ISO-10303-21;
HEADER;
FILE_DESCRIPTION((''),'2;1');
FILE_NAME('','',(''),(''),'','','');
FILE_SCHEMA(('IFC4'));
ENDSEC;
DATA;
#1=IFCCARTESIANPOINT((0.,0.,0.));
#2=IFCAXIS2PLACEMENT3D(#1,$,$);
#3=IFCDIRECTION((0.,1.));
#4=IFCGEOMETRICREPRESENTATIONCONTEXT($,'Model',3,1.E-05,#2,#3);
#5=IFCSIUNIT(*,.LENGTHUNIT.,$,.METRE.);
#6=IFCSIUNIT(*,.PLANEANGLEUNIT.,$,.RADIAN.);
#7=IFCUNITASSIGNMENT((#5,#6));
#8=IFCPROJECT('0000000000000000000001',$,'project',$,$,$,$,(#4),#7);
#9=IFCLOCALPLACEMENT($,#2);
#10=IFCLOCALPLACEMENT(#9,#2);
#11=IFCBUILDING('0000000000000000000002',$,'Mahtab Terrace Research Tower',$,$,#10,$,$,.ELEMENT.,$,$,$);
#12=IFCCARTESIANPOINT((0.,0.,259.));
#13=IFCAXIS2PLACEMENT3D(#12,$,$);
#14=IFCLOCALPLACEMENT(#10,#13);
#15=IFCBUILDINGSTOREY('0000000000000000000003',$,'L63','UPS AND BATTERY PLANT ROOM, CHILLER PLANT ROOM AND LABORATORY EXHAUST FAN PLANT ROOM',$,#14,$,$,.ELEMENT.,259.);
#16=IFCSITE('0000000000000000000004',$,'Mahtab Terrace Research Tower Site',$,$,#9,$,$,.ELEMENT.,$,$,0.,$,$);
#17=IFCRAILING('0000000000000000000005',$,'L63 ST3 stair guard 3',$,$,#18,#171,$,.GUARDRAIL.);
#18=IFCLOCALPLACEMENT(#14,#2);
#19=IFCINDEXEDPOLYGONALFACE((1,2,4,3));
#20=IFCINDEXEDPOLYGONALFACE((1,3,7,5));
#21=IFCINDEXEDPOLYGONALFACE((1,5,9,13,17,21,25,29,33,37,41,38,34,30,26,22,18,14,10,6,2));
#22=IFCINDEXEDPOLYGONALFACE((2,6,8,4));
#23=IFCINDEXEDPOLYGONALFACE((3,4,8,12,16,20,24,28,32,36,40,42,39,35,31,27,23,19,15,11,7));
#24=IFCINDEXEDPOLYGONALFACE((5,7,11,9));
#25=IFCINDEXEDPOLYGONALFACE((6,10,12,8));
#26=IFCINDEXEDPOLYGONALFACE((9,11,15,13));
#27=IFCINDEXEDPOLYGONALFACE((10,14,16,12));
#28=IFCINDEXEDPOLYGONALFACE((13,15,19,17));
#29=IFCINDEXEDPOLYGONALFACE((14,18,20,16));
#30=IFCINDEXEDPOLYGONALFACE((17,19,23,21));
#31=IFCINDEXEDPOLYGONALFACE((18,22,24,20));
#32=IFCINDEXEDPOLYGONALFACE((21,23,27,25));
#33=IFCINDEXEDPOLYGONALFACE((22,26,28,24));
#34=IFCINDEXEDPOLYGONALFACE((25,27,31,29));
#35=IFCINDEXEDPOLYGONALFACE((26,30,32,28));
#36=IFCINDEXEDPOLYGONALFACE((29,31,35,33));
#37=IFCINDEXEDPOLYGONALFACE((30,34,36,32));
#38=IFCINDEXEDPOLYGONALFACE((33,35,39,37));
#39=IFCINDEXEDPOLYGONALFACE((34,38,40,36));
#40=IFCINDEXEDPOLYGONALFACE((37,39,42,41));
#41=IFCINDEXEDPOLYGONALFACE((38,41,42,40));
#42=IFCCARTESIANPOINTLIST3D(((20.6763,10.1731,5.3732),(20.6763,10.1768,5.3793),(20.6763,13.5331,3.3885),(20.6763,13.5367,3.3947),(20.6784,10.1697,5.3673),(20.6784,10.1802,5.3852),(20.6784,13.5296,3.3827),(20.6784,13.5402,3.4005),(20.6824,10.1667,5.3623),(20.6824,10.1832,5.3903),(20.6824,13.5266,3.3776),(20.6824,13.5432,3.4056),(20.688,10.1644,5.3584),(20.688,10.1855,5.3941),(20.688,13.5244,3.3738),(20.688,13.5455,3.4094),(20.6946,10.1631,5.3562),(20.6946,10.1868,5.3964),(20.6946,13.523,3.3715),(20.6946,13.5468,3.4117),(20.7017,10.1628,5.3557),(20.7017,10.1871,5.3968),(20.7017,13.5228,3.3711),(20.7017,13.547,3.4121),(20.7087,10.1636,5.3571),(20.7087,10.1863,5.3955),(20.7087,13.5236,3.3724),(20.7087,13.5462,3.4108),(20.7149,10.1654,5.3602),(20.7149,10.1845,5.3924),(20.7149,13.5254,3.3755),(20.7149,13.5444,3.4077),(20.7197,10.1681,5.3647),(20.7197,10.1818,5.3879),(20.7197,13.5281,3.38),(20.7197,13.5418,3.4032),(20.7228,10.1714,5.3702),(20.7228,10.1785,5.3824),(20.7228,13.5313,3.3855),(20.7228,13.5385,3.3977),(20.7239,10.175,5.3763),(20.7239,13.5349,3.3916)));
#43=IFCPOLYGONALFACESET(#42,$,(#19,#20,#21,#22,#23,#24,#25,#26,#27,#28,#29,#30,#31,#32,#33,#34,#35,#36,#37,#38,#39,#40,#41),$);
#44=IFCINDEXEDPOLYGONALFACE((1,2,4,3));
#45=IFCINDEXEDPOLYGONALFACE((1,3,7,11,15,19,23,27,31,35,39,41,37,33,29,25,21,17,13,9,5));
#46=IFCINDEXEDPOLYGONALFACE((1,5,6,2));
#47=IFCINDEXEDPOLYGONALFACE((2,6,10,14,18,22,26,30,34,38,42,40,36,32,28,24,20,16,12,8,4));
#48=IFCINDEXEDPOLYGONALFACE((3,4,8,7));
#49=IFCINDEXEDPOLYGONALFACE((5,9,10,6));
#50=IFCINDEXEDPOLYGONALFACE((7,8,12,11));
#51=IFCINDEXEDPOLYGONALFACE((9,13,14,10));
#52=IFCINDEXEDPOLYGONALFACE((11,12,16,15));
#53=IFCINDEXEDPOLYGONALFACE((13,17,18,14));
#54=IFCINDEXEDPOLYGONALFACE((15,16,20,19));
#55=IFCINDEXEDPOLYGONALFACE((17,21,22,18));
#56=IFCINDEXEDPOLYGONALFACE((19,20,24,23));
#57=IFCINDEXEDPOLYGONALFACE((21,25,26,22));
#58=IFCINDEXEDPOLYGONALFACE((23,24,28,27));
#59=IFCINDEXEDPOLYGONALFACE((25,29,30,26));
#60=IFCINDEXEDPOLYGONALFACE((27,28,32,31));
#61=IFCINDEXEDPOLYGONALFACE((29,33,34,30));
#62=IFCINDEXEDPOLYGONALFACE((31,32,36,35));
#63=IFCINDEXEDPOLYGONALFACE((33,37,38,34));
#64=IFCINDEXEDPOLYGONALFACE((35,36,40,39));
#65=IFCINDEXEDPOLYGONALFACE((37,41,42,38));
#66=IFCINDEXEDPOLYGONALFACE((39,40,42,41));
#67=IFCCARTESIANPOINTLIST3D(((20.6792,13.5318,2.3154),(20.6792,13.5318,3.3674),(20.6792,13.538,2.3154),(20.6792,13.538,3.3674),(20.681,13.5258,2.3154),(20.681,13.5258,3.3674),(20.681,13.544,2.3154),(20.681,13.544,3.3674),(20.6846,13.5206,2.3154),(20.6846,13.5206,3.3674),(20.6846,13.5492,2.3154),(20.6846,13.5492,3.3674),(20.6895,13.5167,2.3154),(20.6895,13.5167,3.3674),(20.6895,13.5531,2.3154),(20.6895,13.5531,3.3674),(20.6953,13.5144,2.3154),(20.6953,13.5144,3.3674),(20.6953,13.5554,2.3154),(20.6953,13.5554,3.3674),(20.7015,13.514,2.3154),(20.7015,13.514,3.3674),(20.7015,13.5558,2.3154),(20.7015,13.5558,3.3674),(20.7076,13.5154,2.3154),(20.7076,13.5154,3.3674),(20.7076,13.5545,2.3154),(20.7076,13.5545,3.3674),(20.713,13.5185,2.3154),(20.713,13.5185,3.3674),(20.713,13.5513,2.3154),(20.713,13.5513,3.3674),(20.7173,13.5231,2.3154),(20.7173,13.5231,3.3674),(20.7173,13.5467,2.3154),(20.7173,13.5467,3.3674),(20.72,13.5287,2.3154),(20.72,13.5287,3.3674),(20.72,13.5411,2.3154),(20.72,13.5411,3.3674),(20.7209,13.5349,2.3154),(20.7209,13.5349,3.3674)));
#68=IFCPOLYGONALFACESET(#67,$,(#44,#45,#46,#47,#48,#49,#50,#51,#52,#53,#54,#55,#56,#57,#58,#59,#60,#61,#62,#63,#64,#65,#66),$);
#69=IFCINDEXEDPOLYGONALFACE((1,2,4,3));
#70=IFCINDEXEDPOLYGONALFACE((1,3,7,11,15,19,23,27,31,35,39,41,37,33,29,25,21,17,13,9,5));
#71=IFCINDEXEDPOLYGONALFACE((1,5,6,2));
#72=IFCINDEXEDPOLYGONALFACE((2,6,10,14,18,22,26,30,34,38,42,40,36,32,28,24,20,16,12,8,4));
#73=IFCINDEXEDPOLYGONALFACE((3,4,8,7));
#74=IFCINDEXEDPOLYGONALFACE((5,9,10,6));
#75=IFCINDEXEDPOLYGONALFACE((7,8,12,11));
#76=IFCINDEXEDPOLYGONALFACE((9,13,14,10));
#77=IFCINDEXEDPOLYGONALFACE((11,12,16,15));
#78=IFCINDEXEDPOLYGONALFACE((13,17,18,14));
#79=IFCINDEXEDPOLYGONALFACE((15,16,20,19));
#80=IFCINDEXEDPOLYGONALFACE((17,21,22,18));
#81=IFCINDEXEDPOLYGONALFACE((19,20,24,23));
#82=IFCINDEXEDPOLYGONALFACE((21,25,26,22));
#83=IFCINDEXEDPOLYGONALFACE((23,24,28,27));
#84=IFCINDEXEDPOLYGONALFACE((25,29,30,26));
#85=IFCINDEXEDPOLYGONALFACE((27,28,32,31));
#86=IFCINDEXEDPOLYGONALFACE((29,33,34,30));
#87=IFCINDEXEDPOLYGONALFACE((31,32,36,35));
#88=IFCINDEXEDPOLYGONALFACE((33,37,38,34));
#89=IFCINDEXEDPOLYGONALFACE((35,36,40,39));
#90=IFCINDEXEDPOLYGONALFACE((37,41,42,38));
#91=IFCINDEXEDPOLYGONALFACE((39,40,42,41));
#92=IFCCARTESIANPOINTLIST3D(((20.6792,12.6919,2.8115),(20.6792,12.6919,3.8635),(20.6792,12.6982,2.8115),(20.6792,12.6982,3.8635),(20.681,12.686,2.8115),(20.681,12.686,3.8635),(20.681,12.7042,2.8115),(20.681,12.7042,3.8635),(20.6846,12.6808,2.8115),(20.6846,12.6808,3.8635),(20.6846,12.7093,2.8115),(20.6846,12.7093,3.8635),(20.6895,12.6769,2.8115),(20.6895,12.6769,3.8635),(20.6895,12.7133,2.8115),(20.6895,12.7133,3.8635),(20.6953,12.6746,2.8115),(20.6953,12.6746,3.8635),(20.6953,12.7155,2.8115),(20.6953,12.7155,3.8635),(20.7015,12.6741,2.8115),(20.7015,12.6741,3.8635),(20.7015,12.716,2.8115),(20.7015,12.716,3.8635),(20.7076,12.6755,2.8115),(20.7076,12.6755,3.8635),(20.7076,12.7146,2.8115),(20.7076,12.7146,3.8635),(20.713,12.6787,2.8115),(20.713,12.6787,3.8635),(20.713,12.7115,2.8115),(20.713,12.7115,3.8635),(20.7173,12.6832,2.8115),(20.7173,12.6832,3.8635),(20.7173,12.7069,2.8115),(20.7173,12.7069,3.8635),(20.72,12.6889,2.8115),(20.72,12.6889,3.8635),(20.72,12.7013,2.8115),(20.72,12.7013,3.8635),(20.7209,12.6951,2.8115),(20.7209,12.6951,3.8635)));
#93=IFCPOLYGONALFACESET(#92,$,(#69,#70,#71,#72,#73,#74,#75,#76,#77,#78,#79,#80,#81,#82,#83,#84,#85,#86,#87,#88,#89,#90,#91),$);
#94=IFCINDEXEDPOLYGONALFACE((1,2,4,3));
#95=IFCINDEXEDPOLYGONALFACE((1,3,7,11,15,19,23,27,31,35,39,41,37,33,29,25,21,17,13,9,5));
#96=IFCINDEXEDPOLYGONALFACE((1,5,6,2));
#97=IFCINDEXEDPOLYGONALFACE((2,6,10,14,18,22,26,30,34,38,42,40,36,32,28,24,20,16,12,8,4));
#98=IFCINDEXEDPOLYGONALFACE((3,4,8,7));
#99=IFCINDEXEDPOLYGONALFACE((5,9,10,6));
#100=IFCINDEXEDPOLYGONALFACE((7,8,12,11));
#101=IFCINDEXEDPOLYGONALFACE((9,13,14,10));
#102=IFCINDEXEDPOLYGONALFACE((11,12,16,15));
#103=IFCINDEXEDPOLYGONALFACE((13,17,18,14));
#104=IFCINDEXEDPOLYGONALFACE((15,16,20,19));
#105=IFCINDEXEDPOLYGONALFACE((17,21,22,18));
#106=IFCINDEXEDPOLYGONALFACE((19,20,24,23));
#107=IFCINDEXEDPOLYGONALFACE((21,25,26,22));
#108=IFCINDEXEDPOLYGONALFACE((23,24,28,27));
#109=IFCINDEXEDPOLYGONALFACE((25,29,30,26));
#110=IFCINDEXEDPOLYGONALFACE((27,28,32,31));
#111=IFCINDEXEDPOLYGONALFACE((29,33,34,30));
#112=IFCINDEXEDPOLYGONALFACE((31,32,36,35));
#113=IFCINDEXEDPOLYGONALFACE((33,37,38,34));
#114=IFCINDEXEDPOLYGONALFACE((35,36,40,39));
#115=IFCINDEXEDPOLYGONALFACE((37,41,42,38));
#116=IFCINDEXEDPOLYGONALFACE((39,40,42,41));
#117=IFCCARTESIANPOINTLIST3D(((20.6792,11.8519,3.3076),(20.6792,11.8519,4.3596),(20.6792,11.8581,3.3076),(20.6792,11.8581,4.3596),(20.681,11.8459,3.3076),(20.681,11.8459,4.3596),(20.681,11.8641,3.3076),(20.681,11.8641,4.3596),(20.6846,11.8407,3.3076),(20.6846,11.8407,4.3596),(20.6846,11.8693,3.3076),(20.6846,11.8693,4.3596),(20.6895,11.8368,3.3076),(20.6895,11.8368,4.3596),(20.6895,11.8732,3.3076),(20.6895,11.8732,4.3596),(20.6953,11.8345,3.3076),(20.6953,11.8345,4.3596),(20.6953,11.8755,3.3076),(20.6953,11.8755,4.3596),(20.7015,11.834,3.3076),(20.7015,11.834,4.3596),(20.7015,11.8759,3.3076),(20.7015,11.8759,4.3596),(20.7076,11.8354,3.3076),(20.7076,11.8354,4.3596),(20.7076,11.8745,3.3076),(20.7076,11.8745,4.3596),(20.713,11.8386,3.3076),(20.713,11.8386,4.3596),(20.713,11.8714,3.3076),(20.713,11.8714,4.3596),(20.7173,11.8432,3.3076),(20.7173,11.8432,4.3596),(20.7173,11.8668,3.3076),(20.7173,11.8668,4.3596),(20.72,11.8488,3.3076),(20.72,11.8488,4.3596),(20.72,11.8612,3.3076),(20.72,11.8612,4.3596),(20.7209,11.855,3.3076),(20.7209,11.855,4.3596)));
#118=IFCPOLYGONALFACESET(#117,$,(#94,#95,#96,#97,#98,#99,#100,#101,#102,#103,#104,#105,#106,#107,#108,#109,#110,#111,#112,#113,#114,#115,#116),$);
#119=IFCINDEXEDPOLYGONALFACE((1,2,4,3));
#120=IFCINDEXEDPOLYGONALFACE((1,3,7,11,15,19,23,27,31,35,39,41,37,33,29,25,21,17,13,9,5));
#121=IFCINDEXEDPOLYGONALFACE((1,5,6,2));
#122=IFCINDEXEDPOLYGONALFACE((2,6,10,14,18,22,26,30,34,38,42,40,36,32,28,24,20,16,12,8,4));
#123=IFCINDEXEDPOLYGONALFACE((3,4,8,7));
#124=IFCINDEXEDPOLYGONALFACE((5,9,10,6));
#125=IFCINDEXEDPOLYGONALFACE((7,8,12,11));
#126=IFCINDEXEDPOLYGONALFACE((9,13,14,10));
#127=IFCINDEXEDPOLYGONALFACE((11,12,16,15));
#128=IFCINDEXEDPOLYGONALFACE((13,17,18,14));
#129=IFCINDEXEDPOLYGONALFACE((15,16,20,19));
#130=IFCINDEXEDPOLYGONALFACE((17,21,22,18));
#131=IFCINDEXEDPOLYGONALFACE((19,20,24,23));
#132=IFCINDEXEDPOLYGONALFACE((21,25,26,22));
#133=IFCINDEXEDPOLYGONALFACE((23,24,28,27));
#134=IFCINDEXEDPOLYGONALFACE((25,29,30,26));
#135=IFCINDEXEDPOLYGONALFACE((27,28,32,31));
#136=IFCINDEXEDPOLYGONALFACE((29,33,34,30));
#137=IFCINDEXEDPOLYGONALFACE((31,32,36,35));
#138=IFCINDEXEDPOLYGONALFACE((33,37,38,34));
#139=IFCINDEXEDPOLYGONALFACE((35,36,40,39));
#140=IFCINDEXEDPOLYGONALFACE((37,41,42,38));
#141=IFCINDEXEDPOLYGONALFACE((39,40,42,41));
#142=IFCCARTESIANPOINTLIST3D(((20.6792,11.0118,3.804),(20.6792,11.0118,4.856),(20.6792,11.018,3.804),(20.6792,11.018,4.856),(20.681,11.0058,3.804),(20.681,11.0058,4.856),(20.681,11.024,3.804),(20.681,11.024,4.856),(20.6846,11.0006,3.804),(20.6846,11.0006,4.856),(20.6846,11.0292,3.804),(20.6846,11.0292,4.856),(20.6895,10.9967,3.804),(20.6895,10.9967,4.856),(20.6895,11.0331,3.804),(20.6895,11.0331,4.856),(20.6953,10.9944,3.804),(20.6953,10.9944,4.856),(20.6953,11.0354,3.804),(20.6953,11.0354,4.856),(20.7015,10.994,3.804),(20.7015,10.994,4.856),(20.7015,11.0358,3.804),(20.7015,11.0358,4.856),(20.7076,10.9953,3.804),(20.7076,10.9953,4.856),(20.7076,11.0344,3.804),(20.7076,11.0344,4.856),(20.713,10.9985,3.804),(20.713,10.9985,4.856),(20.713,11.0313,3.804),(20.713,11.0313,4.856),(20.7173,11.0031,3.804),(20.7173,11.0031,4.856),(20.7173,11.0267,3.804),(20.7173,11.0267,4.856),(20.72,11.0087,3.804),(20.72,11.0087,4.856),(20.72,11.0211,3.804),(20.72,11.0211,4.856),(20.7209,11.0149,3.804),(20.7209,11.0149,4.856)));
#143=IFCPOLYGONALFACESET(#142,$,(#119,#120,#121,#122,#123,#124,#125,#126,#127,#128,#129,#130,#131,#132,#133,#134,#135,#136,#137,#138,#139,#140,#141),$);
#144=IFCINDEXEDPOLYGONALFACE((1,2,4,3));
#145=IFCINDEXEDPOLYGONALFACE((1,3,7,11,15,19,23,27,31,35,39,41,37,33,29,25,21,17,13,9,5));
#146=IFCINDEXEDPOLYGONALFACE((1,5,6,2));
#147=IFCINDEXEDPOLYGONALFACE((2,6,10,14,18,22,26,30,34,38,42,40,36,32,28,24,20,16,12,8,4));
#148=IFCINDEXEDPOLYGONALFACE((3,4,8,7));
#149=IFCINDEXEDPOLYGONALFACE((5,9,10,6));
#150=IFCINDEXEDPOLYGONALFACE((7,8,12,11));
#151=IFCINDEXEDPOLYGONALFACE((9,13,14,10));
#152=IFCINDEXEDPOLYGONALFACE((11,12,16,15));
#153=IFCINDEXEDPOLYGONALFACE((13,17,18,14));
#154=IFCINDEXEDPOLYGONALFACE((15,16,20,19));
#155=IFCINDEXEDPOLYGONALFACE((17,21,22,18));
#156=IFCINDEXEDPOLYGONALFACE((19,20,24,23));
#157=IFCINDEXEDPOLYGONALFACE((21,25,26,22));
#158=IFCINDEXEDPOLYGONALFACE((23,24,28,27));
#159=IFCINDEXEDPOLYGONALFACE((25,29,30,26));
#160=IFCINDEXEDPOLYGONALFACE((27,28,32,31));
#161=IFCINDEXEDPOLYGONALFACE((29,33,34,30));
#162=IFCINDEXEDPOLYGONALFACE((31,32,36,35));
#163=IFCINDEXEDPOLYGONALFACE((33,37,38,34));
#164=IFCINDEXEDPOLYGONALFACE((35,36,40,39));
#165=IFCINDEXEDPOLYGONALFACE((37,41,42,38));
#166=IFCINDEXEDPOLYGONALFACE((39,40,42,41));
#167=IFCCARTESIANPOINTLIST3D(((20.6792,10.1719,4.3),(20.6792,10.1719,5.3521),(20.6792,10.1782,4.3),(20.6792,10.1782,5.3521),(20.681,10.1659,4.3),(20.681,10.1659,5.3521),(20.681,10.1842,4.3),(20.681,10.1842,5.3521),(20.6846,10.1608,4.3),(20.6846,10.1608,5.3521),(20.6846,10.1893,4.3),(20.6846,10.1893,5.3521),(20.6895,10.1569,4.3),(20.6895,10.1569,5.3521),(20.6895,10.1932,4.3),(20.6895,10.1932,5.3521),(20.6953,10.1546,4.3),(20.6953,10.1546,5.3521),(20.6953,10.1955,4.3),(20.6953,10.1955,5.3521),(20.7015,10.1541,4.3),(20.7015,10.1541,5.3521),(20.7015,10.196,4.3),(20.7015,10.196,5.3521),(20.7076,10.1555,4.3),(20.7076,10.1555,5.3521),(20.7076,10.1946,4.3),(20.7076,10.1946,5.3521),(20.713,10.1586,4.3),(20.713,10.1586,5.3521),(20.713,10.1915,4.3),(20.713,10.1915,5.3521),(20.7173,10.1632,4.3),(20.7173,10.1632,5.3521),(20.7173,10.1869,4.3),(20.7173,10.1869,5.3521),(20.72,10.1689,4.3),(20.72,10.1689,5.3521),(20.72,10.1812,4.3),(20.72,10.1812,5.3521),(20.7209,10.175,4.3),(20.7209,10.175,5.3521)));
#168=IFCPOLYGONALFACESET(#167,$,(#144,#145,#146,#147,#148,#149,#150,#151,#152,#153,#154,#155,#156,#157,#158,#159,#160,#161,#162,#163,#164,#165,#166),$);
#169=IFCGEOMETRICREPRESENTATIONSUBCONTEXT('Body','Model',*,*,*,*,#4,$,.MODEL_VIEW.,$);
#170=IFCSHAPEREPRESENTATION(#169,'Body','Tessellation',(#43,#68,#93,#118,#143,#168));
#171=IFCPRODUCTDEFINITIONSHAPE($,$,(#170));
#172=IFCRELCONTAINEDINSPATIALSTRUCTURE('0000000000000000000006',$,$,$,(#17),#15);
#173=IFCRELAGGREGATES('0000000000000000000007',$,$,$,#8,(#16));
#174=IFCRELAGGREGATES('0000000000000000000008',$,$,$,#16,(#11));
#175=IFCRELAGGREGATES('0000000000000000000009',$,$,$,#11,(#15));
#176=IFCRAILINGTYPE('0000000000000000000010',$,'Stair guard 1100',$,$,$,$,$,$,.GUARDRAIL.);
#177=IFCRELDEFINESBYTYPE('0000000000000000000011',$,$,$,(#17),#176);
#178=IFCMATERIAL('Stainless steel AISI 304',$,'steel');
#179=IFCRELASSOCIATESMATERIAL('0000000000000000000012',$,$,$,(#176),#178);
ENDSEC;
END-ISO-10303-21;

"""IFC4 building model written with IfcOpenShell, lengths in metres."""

from ifc_helpers import new_model, si_unit, direction, frame, origin, origin_2d, place, context, subcontext, project, spatial, circle, extrude, material, type_object, element, save


model = new_model("IFC4")

# Units and contexts
model_context = context("Model", 3, precision=1e-05, world=origin(), true_north=direction((0.0, 1.0)))
body_context = subcontext(model_context, "Body", "Model", "MODEL_VIEW")
ifc_project = project(units=[si_unit("LENGTHUNIT", "METRE"), si_unit("PLANEANGLEUNIT", "RADIAN")], contexts=[model_context])

# Site, building, storey
site_placement = place(None, origin())
site = spatial("IfcSite", under=ifc_project, at=site_placement, Name="Mahtab Terrace Research Tower Site", CompositionType="ELEMENT", RefElevation=0.0)
building_placement = place(site_placement, origin())
building = spatial("IfcBuilding", under=site, at=building_placement, Name="Mahtab Terrace Research Tower", CompositionType="ELEMENT")
storey_placement = place(building_placement, frame((0.0, 0.0, 259.0)))
storey = spatial("IfcBuildingStorey", under=building, at=storey_placement, Name="L63", Description="UPS AND BATTERY PLANT ROOM, CHILLER PLANT ROOM AND LABORATORY EXHAUST FAN PLANT ROOM", CompositionType="ELEMENT", Elevation=259.0)

# Shared definitions
ifc_material_1 = material(Name="Stainless steel AISI 304", Category="steel")

# Railing
railing_type_1 = type_object("IfcRailingType", Name="Stair guard 1100", PredefinedType="GUARDRAIL", material=ifc_material_1)
railing_1_placement = place(storey_placement, frame((20.7, 13.5349, 2.3154)))
element("IfcRailing", 1, at=railing_1_placement, inside=storey, type_object=railing_type_1, Name="L63 ST3 stair guard 3", PredefinedType="GUARDRAIL", context=body_context, shape_type="SweptSolid", body=[
    extrude(circle(Radius=0.0239, at=origin_2d()), frame((0.0, 0.0, 1.0762), z_axis=(0.0, -0.861011, 0.508586), x_axis=(1.0, 0.0, 0.0)), (0.0, 0.0, 1.0), 3.9023),
    extrude(circle(Radius=0.021, at=origin_2d()), origin(), (0.0, 0.0, 1.0), 1.052),
    extrude(circle(Radius=0.021, at=origin_2d()), frame((0.0, -0.8398, 0.4961)), (0.0, 0.0, 1.0), 1.052),
    extrude(circle(Radius=0.021, at=origin_2d()), frame((0.0, -1.6799, 0.9922)), (0.0, 0.0, 1.0), 1.052),
    extrude(circle(Radius=0.021, at=origin_2d()), frame((0.0, -2.52, 1.4885)), (0.0, 0.0, 1.0), 1.052),
    extrude(circle(Radius=0.021, at=origin_2d()), frame((0.0, -3.3599, 1.9846)), (0.0, 0.0, 1.0), 1.052),
])

save(model, "model.ifc")
